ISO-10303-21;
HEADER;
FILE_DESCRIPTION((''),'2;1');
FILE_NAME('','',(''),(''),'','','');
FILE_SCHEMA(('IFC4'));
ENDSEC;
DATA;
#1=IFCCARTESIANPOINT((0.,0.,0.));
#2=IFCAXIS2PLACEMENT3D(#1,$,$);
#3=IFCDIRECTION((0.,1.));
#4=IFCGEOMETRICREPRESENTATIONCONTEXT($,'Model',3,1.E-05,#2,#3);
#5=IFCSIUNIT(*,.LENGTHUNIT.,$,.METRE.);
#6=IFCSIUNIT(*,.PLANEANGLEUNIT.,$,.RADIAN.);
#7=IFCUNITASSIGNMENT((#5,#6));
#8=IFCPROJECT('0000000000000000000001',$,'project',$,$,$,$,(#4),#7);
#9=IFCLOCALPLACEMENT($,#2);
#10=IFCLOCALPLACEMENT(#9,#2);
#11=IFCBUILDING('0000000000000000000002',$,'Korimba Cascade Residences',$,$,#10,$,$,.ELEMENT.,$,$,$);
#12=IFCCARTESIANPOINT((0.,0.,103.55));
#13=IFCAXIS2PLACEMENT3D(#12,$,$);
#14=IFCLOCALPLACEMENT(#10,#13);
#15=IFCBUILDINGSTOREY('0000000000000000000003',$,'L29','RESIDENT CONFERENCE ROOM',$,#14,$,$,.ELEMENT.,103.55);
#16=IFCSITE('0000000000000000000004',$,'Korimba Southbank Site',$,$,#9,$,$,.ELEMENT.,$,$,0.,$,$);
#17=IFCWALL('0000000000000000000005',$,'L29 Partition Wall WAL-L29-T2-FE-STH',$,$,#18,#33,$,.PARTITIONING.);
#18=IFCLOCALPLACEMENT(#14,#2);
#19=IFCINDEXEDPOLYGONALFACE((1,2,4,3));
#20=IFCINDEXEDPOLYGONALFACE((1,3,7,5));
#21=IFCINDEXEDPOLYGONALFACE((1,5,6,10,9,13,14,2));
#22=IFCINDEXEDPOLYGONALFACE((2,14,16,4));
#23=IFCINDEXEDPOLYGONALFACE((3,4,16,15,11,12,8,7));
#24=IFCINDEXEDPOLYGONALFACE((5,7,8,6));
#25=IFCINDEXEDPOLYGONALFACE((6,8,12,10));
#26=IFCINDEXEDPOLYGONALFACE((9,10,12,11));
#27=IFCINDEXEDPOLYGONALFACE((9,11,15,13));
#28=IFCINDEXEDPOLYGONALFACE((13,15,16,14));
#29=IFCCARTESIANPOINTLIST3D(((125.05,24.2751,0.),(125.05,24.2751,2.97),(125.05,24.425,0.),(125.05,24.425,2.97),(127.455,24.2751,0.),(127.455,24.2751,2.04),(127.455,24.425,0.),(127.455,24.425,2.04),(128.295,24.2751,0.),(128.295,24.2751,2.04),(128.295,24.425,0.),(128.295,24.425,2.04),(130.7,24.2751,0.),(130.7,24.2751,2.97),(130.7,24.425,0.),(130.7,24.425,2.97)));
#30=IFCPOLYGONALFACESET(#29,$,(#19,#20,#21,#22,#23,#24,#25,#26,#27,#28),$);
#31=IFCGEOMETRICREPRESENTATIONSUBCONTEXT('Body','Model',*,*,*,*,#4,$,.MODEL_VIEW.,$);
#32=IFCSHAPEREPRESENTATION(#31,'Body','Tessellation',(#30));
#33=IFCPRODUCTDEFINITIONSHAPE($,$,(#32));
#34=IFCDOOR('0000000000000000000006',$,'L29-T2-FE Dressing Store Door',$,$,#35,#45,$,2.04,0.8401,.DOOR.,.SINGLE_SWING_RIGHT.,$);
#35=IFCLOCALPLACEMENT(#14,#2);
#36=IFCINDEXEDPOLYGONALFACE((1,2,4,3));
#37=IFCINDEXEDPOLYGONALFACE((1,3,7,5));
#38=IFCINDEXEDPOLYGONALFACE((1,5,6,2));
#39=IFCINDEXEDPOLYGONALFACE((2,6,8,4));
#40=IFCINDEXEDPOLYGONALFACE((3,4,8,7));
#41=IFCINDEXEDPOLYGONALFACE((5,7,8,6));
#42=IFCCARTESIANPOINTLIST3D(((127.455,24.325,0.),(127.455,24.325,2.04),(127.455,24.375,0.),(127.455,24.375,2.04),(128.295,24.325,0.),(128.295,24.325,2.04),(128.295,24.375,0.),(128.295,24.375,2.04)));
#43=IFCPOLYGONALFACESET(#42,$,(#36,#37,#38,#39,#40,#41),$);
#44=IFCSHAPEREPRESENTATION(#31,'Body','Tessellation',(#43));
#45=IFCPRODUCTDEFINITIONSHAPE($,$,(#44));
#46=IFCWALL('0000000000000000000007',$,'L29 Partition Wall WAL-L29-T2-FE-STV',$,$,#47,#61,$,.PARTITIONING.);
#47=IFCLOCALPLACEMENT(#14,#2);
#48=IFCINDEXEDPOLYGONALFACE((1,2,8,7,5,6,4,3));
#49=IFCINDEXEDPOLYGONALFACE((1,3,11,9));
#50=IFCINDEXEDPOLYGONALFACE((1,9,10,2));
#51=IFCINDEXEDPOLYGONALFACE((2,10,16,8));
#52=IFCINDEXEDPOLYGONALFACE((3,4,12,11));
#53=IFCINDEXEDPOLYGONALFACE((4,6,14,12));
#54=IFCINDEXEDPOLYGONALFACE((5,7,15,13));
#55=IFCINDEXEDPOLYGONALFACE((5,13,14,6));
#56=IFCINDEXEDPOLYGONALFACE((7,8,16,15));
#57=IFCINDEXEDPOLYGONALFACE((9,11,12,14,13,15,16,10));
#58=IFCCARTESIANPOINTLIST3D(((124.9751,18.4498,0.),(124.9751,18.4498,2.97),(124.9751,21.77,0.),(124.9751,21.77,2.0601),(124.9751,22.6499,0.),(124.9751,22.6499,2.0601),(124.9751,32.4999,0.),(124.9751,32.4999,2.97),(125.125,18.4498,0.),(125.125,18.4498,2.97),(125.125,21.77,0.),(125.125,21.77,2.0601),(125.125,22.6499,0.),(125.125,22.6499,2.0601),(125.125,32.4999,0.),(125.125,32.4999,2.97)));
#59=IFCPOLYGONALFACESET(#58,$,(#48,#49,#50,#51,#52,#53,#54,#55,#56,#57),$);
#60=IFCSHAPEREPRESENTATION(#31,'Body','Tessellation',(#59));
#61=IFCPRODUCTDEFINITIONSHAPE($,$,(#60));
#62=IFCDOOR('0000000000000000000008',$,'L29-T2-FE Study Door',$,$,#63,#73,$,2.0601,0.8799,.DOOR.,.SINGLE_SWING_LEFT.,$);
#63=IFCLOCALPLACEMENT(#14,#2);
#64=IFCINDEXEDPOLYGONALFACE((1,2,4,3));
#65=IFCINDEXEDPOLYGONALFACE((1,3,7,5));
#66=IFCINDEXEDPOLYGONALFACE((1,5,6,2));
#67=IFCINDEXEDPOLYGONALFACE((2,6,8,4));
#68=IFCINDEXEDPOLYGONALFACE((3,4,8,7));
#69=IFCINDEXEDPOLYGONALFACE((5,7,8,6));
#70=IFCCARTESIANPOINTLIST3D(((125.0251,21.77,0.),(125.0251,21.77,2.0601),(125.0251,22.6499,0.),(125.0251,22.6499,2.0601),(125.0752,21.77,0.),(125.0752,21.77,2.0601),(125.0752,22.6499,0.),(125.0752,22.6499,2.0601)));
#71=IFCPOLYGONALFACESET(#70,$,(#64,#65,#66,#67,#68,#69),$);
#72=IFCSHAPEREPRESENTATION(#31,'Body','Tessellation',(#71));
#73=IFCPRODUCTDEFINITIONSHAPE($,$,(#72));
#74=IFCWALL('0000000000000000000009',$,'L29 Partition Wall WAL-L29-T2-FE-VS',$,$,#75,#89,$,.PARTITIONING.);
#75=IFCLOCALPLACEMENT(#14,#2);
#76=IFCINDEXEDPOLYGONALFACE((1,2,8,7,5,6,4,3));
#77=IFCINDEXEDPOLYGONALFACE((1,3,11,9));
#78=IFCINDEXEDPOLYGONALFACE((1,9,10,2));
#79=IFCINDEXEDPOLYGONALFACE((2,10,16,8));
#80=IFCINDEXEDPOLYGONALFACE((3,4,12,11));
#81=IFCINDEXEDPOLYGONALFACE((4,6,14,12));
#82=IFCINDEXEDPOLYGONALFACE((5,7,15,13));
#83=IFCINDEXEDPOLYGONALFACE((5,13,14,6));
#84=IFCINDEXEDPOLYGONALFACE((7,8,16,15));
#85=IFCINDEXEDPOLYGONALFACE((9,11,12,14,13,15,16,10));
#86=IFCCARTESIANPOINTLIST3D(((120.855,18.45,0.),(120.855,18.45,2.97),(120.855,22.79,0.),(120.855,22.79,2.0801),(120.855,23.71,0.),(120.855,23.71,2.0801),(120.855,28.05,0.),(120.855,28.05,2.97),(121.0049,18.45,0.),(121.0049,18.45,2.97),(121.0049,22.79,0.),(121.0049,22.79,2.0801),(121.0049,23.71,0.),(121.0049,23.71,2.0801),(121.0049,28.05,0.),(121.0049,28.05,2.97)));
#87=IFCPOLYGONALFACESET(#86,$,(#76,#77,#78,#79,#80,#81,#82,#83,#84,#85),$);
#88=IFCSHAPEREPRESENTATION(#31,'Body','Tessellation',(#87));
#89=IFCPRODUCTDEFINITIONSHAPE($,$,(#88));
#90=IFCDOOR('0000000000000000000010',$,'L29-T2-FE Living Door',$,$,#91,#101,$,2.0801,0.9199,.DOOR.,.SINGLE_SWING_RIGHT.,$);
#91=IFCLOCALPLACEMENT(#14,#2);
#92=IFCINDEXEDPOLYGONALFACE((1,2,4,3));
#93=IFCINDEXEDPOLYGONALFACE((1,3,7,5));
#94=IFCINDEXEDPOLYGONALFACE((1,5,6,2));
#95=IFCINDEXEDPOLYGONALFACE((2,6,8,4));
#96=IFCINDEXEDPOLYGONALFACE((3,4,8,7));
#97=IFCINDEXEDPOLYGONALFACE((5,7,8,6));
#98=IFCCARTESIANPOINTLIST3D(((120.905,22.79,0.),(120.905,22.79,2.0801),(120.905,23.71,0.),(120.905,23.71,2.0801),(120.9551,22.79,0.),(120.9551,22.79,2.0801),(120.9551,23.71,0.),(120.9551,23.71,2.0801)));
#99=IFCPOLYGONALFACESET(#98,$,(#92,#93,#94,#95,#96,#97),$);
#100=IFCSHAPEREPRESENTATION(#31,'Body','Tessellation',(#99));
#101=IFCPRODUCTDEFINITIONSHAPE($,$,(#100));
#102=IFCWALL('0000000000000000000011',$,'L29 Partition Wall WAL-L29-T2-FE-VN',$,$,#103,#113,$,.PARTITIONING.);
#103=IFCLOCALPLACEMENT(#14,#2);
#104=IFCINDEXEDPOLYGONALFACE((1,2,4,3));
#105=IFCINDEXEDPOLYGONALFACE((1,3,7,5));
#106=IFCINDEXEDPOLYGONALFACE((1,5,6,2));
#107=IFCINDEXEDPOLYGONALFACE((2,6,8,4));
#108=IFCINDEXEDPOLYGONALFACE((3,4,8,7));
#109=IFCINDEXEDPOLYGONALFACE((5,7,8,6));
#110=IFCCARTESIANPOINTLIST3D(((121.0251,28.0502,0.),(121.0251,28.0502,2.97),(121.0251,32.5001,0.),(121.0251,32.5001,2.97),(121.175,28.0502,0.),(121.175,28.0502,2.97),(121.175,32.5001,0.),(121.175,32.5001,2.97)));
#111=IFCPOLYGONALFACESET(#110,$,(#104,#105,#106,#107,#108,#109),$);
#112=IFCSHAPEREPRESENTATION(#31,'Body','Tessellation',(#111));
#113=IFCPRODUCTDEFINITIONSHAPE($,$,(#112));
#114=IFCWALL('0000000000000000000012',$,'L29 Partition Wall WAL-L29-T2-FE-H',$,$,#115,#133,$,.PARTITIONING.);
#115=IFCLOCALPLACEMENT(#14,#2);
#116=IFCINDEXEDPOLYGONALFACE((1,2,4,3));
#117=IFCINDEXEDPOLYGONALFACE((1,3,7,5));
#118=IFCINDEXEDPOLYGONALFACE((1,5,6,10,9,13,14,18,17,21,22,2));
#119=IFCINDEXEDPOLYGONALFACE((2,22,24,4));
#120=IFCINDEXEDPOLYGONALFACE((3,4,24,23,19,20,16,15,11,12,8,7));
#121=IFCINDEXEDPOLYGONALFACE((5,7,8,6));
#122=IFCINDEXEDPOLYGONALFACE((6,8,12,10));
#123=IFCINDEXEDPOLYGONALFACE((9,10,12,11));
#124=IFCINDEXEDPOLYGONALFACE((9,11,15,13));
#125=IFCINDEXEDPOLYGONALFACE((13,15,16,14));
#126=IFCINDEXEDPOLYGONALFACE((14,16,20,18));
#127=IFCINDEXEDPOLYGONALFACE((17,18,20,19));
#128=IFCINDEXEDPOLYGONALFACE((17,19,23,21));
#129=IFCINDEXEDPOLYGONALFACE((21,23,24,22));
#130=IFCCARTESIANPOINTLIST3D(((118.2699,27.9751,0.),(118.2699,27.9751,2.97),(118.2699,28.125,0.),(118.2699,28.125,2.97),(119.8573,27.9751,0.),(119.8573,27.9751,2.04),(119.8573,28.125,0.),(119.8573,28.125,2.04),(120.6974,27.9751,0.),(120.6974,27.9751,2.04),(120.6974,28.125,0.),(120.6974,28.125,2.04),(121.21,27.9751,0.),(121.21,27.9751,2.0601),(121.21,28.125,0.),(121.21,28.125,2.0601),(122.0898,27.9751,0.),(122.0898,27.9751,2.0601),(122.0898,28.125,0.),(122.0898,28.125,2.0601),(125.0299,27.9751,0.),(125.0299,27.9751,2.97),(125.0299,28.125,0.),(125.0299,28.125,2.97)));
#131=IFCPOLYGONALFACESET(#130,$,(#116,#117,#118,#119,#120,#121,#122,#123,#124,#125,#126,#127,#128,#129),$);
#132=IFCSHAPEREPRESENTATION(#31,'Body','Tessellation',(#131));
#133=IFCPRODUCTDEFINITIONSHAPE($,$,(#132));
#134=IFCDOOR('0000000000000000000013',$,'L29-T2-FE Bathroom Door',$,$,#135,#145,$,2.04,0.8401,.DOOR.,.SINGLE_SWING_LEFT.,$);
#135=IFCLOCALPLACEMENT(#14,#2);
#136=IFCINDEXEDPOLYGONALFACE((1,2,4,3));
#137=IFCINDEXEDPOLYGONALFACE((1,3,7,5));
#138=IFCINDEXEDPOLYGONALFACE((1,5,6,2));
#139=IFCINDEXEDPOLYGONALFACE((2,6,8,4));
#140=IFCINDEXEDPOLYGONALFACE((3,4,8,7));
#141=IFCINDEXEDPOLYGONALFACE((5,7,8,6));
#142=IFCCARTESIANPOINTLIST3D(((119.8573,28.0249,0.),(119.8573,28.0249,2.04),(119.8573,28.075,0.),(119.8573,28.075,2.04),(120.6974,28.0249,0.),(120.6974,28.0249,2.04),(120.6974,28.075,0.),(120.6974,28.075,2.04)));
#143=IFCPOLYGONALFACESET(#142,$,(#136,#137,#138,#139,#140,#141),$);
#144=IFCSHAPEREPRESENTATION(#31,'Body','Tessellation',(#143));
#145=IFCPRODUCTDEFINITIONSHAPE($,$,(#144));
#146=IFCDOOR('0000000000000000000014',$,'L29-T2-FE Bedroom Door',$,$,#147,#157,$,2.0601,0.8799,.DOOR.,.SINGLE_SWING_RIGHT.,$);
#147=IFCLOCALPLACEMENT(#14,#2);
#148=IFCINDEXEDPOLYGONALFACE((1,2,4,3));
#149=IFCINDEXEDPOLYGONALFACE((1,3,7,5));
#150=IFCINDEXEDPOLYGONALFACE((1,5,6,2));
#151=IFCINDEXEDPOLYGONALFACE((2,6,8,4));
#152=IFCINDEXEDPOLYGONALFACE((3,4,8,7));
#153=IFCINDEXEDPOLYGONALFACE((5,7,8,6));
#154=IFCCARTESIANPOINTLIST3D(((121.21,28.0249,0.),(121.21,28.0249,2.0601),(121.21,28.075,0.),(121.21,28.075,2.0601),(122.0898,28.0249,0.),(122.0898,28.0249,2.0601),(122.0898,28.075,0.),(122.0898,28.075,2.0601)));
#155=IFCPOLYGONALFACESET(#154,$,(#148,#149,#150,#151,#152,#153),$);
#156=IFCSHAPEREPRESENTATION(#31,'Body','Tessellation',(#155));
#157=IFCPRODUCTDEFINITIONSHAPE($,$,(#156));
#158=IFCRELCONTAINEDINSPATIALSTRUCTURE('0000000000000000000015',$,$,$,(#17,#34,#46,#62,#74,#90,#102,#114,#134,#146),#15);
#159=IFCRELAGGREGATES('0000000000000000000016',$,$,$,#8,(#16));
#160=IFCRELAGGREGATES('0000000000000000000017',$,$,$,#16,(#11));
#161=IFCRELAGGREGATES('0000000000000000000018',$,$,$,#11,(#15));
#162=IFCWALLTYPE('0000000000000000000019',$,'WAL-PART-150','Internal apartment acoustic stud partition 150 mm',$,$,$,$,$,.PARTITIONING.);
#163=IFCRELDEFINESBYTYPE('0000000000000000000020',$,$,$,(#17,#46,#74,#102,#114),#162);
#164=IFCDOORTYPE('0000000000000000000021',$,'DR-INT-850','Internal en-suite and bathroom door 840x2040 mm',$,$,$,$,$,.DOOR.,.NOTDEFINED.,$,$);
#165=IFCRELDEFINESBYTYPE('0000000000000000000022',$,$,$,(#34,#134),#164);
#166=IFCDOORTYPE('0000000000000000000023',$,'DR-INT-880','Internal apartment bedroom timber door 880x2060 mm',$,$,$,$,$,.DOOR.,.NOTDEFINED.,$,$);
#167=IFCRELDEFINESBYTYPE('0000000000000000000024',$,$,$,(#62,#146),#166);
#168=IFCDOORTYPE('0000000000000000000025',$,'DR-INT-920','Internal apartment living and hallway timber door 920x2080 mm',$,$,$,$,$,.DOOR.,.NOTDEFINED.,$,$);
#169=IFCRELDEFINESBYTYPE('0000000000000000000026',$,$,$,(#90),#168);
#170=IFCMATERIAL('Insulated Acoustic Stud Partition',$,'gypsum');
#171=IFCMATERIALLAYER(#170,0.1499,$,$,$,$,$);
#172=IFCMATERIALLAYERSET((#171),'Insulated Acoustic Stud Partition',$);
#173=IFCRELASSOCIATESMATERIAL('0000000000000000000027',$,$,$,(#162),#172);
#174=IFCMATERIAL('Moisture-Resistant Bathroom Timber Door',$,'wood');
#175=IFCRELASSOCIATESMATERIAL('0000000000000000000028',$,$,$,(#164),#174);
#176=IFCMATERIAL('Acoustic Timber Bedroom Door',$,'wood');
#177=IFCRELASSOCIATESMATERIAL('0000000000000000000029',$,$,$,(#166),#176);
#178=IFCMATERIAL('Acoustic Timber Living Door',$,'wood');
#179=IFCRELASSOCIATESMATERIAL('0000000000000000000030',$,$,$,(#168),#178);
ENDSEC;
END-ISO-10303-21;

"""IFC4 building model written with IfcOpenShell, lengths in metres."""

from ifc_helpers import new_model, si_unit, direction, frame, frame_2d, origin, place, context, subcontext, project, spatial, rectangle, extrude, material, layer, layer_set, type_object, element, fill, save


model = new_model("IFC4")

# Units and contexts
model_context = context("Model", 3, precision=1e-05, world=origin(), true_north=direction((0.0, 1.0)))
body_context = subcontext(model_context, "Body", "Model", "MODEL_VIEW")
ifc_project = project(units=[si_unit("LENGTHUNIT", "METRE"), si_unit("PLANEANGLEUNIT", "RADIAN")], contexts=[model_context])

# Site, building, storey
site_placement = place(None, origin())
site = spatial("IfcSite", under=ifc_project, at=site_placement, Name="Korimba Southbank Site", CompositionType="ELEMENT", RefElevation=0.0)
building_placement = place(site_placement, origin())
building = spatial("IfcBuilding", under=site, at=building_placement, Name="Korimba Cascade Residences", CompositionType="ELEMENT")
storey_placement = place(building_placement, frame((0.0, 0.0, 103.55)))
storey = spatial("IfcBuildingStorey", under=building, at=storey_placement, Name="L29", Description="RESIDENT CONFERENCE ROOM", CompositionType="ELEMENT", Elevation=103.55)

# Walls, openings, doors
ifc_material_1 = material(Name="Insulated Acoustic Stud Partition", Category="gypsum")
ifc_layer_1 = layer(ifc_material_1, 0.1499)
ifc_layer_set_1 = layer_set([ifc_layer_1], Name="Insulated Acoustic Stud Partition")
wall_type_1 = type_object("IfcWallType", Name="WAL-PART-150", Description="Internal apartment acoustic stud partition 150 mm", PredefinedType="PARTITIONING", material=ifc_layer_set_1)
wall_1_placement = place(storey_placement, frame((125.05, 24.3501, 0.0), z_axis=(0.0, 0.0, 1.0), x_axis=(1.0, 0.0, 0.0)))
wall_1 = element("IfcWall", 1, at=wall_1_placement, inside=storey, type_object=wall_type_1, Name="L29 Partition Wall WAL-L29-T2-FE-STH", PredefinedType="PARTITIONING", context=body_context, shape_type="SweptSolid", body=[
    extrude(rectangle(XDim=5.6499, YDim=0.1499, at=frame_2d((2.825, 0.0))), origin(), (0.0, 0.0, 1.0), 2.97),
])
opening_1_placement = place(wall_1_placement, frame((2.405, 0.0, 0.0)))
opening_1 = element("IfcOpeningElement", 2, at=opening_1_placement, cuts=wall_1, PredefinedType="OPENING", context=body_context, shape_type="SweptSolid", body=[
    extrude(rectangle(XDim=0.8401, YDim=2.04, at=frame_2d((0.4199, 1.02))), frame((0.0, 0.085, 0.0), z_axis=(0.0, -1.0, 0.0), x_axis=(1.0, 0.0, 0.0)), (0.0, 0.0, 1.0), 0.1699),
])
ifc_material_2 = material(Name="Moisture-Resistant Bathroom Timber Door", Category="wood")
door_type_1 = type_object("IfcDoorType", Name="DR-INT-850", Description="Internal en-suite and bathroom door 840x2040 mm", OperationType="NOTDEFINED", PredefinedType="DOOR", material=ifc_material_2)
door_1_placement = place(opening_1_placement, origin())
door_1 = element("IfcDoor", 3, at=door_1_placement, inside=storey, type_object=door_type_1, Name="L29-T2-FE Dressing Store Door", OperationType="SINGLE_SWING_RIGHT", OverallHeight=2.04, OverallWidth=0.8401, PredefinedType="DOOR", context=body_context, shape_type="SweptSolid", body=[
    extrude(rectangle(XDim=0.8401, YDim=2.04, at=frame_2d((0.4199, 1.02))), frame((0.0, 0.0249, 0.0), z_axis=(0.0, -1.0, 0.0), x_axis=(1.0, 0.0, 0.0)), (0.0, 0.0, 1.0), 0.05),
])
fill(opening_1, door_1)
wall_2_placement = place(storey_placement, frame((125.05, 18.45, 0.0), z_axis=(0.0, 0.0, 1.0), x_axis=(0.0, 1.0, 0.0)))
wall_2 = element("IfcWall", 4, at=wall_2_placement, inside=storey, type_object=wall_type_1, Name="L29 Partition Wall WAL-L29-T2-FE-STV", PredefinedType="PARTITIONING", context=body_context, shape_type="SweptSolid", body=[
    extrude(rectangle(XDim=14.05, YDim=0.1499, at=frame_2d((7.0249, 0.0))), origin(), (0.0, 0.0, 1.0), 2.97),
])
opening_2_placement = place(wall_2_placement, frame((3.3201, 0.0, 0.0)))
opening_2 = element("IfcOpeningElement", 5, at=opening_2_placement, cuts=wall_2, PredefinedType="OPENING", context=body_context, shape_type="SweptSolid", body=[
    extrude(rectangle(XDim=0.8799, YDim=2.0601, at=frame_2d((0.4399, 1.03))), frame((0.0, 0.085, 0.0), z_axis=(0.0, -1.0, 0.0), x_axis=(1.0, 0.0, 0.0)), (0.0, 0.0, 1.0), 0.1699),
])
ifc_material_3 = material(Name="Acoustic Timber Bedroom Door", Category="wood")
door_type_2 = type_object("IfcDoorType", Name="DR-INT-880", Description="Internal apartment bedroom timber door 880x2060 mm", OperationType="NOTDEFINED", PredefinedType="DOOR", material=ifc_material_3)
door_2_placement = place(opening_2_placement, origin())
door_2 = element("IfcDoor", 6, at=door_2_placement, inside=storey, type_object=door_type_2, Name="L29-T2-FE Study Door", OperationType="SINGLE_SWING_LEFT", OverallHeight=2.0601, OverallWidth=0.8799, PredefinedType="DOOR", context=body_context, shape_type="SweptSolid", body=[
    extrude(rectangle(XDim=0.8799, YDim=2.0601, at=frame_2d((0.4399, 1.03))), frame((0.0, 0.0249, 0.0), z_axis=(0.0, -1.0, 0.0), x_axis=(1.0, 0.0, 0.0)), (0.0, 0.0, 1.0), 0.05),
])
fill(opening_2, door_2)
wall_3_placement = place(storey_placement, frame((120.9299, 18.45, 0.0), z_axis=(0.0, 0.0, 1.0), x_axis=(0.0, 1.0, 0.0)))
wall_3 = element("IfcWall", 7, at=wall_3_placement, inside=storey, type_object=wall_type_1, Name="L29 Partition Wall WAL-L29-T2-FE-VS", PredefinedType="PARTITIONING", context=body_context, shape_type="SweptSolid", body=[
    extrude(rectangle(XDim=9.6001, YDim=0.1499, at=frame_2d((4.8, 0.0))), origin(), (0.0, 0.0, 1.0), 2.97),
])
opening_3_placement = place(wall_3_placement, frame((4.3401, 0.0, 0.0)))
opening_3 = element("IfcOpeningElement", 8, at=opening_3_placement, cuts=wall_3, PredefinedType="OPENING", context=body_context, shape_type="SweptSolid", body=[
    extrude(rectangle(XDim=0.9199, YDim=2.0801, at=frame_2d((0.46, 1.04))), frame((0.0, 0.085, 0.0), z_axis=(0.0, -1.0, 0.0), x_axis=(1.0, 0.0, 0.0)), (0.0, 0.0, 1.0), 0.1699),
])
ifc_material_4 = material(Name="Acoustic Timber Living Door", Category="wood")
door_type_3 = type_object("IfcDoorType", Name="DR-INT-920", Description="Internal apartment living and hallway timber door 920x2080 mm", OperationType="NOTDEFINED", PredefinedType="DOOR", material=ifc_material_4)
door_3_placement = place(opening_3_placement, origin())
door_3 = element("IfcDoor", 9, at=door_3_placement, inside=storey, type_object=door_type_3, Name="L29-T2-FE Living Door", OperationType="SINGLE_SWING_RIGHT", OverallHeight=2.0801, OverallWidth=0.9199, PredefinedType="DOOR", context=body_context, shape_type="SweptSolid", body=[
    extrude(rectangle(XDim=0.9199, YDim=2.0801, at=frame_2d((0.46, 1.04))), frame((0.0, 0.0249, 0.0), z_axis=(0.0, -1.0, 0.0), x_axis=(1.0, 0.0, 0.0)), (0.0, 0.0, 1.0), 0.05),
])
fill(opening_3, door_3)

# Wall
wall_4_placement = place(storey_placement, frame((121.1001, 28.05, 0.0), z_axis=(0.0, 0.0, 1.0), x_axis=(0.0, 1.0, 0.0)))
element("IfcWall", 10, at=wall_4_placement, inside=storey, type_object=wall_type_1, Name="L29 Partition Wall WAL-L29-T2-FE-VN", PredefinedType="PARTITIONING", context=body_context, shape_type="SweptSolid", body=[
    extrude(rectangle(XDim=4.45, YDim=0.1499, at=frame_2d((2.2251, 0.0))), origin(), (0.0, 0.0, 1.0), 2.97),
])

# Wall, openings, doors
wall_5_placement = place(storey_placement, frame((118.27, 28.05, 0.0), z_axis=(0.0, 0.0, 1.0), x_axis=(1.0, 0.0, 0.0)))
wall_5 = element("IfcWall", 11, at=wall_5_placement, inside=storey, type_object=wall_type_1, Name="L29 Partition Wall WAL-L29-T2-FE-H", PredefinedType="PARTITIONING", context=body_context, shape_type="SweptSolid", body=[
    extrude(rectangle(XDim=6.76, YDim=0.1499, at=frame_2d((3.3799, 0.0))), origin(), (0.0, 0.0, 1.0), 2.97),
])
opening_4_placement = place(wall_5_placement, frame((1.5874, 0.0, 0.0)))
opening_4 = element("IfcOpeningElement", 12, at=opening_4_placement, cuts=wall_5, PredefinedType="OPENING", context=body_context, shape_type="SweptSolid", body=[
    extrude(rectangle(XDim=0.8401, YDim=2.04, at=frame_2d((0.4199, 1.02))), frame((0.0, 0.085, 0.0), z_axis=(0.0, -1.0, 0.0), x_axis=(1.0, 0.0, 0.0)), (0.0, 0.0, 1.0), 0.1699),
])
opening_5_placement = place(wall_5_placement, frame((2.9399, 0.0, 0.0)))
opening_5 = element("IfcOpeningElement", 13, at=opening_5_placement, cuts=wall_5, PredefinedType="OPENING", context=body_context, shape_type="SweptSolid", body=[
    extrude(rectangle(XDim=0.8799, YDim=2.0601, at=frame_2d((0.4399, 1.03))), frame((0.0, 0.085, 0.0), z_axis=(0.0, -1.0, 0.0), x_axis=(1.0, 0.0, 0.0)), (0.0, 0.0, 1.0), 0.1699),
])
door_4_placement = place(opening_4_placement, origin())
door_4 = element("IfcDoor", 14, at=door_4_placement, inside=storey, type_object=door_type_1, Name="L29-T2-FE Bathroom Door", OperationType="SINGLE_SWING_LEFT", OverallHeight=2.04, OverallWidth=0.8401, PredefinedType="DOOR", context=body_context, shape_type="SweptSolid", body=[
    extrude(rectangle(XDim=0.8401, YDim=2.04, at=frame_2d((0.4199, 1.02))), frame((0.0, 0.0249, 0.0), z_axis=(0.0, -1.0, 0.0), x_axis=(1.0, 0.0, 0.0)), (0.0, 0.0, 1.0), 0.05),
])
fill(opening_4, door_4)
door_5_placement = place(opening_5_placement, origin())
door_5 = element("IfcDoor", 15, at=door_5_placement, inside=storey, type_object=door_type_2, Name="L29-T2-FE Bedroom Door", OperationType="SINGLE_SWING_RIGHT", OverallHeight=2.0601, OverallWidth=0.8799, PredefinedType="DOOR", context=body_context, shape_type="SweptSolid", body=[
    extrude(rectangle(XDim=0.8799, YDim=2.0601, at=frame_2d((0.4399, 1.03))), frame((0.0, 0.0249, 0.0), z_axis=(0.0, -1.0, 0.0), x_axis=(1.0, 0.0, 0.0)), (0.0, 0.0, 1.0), 0.05),
])
fill(opening_5, door_5)

save(model, "model.ifc")
